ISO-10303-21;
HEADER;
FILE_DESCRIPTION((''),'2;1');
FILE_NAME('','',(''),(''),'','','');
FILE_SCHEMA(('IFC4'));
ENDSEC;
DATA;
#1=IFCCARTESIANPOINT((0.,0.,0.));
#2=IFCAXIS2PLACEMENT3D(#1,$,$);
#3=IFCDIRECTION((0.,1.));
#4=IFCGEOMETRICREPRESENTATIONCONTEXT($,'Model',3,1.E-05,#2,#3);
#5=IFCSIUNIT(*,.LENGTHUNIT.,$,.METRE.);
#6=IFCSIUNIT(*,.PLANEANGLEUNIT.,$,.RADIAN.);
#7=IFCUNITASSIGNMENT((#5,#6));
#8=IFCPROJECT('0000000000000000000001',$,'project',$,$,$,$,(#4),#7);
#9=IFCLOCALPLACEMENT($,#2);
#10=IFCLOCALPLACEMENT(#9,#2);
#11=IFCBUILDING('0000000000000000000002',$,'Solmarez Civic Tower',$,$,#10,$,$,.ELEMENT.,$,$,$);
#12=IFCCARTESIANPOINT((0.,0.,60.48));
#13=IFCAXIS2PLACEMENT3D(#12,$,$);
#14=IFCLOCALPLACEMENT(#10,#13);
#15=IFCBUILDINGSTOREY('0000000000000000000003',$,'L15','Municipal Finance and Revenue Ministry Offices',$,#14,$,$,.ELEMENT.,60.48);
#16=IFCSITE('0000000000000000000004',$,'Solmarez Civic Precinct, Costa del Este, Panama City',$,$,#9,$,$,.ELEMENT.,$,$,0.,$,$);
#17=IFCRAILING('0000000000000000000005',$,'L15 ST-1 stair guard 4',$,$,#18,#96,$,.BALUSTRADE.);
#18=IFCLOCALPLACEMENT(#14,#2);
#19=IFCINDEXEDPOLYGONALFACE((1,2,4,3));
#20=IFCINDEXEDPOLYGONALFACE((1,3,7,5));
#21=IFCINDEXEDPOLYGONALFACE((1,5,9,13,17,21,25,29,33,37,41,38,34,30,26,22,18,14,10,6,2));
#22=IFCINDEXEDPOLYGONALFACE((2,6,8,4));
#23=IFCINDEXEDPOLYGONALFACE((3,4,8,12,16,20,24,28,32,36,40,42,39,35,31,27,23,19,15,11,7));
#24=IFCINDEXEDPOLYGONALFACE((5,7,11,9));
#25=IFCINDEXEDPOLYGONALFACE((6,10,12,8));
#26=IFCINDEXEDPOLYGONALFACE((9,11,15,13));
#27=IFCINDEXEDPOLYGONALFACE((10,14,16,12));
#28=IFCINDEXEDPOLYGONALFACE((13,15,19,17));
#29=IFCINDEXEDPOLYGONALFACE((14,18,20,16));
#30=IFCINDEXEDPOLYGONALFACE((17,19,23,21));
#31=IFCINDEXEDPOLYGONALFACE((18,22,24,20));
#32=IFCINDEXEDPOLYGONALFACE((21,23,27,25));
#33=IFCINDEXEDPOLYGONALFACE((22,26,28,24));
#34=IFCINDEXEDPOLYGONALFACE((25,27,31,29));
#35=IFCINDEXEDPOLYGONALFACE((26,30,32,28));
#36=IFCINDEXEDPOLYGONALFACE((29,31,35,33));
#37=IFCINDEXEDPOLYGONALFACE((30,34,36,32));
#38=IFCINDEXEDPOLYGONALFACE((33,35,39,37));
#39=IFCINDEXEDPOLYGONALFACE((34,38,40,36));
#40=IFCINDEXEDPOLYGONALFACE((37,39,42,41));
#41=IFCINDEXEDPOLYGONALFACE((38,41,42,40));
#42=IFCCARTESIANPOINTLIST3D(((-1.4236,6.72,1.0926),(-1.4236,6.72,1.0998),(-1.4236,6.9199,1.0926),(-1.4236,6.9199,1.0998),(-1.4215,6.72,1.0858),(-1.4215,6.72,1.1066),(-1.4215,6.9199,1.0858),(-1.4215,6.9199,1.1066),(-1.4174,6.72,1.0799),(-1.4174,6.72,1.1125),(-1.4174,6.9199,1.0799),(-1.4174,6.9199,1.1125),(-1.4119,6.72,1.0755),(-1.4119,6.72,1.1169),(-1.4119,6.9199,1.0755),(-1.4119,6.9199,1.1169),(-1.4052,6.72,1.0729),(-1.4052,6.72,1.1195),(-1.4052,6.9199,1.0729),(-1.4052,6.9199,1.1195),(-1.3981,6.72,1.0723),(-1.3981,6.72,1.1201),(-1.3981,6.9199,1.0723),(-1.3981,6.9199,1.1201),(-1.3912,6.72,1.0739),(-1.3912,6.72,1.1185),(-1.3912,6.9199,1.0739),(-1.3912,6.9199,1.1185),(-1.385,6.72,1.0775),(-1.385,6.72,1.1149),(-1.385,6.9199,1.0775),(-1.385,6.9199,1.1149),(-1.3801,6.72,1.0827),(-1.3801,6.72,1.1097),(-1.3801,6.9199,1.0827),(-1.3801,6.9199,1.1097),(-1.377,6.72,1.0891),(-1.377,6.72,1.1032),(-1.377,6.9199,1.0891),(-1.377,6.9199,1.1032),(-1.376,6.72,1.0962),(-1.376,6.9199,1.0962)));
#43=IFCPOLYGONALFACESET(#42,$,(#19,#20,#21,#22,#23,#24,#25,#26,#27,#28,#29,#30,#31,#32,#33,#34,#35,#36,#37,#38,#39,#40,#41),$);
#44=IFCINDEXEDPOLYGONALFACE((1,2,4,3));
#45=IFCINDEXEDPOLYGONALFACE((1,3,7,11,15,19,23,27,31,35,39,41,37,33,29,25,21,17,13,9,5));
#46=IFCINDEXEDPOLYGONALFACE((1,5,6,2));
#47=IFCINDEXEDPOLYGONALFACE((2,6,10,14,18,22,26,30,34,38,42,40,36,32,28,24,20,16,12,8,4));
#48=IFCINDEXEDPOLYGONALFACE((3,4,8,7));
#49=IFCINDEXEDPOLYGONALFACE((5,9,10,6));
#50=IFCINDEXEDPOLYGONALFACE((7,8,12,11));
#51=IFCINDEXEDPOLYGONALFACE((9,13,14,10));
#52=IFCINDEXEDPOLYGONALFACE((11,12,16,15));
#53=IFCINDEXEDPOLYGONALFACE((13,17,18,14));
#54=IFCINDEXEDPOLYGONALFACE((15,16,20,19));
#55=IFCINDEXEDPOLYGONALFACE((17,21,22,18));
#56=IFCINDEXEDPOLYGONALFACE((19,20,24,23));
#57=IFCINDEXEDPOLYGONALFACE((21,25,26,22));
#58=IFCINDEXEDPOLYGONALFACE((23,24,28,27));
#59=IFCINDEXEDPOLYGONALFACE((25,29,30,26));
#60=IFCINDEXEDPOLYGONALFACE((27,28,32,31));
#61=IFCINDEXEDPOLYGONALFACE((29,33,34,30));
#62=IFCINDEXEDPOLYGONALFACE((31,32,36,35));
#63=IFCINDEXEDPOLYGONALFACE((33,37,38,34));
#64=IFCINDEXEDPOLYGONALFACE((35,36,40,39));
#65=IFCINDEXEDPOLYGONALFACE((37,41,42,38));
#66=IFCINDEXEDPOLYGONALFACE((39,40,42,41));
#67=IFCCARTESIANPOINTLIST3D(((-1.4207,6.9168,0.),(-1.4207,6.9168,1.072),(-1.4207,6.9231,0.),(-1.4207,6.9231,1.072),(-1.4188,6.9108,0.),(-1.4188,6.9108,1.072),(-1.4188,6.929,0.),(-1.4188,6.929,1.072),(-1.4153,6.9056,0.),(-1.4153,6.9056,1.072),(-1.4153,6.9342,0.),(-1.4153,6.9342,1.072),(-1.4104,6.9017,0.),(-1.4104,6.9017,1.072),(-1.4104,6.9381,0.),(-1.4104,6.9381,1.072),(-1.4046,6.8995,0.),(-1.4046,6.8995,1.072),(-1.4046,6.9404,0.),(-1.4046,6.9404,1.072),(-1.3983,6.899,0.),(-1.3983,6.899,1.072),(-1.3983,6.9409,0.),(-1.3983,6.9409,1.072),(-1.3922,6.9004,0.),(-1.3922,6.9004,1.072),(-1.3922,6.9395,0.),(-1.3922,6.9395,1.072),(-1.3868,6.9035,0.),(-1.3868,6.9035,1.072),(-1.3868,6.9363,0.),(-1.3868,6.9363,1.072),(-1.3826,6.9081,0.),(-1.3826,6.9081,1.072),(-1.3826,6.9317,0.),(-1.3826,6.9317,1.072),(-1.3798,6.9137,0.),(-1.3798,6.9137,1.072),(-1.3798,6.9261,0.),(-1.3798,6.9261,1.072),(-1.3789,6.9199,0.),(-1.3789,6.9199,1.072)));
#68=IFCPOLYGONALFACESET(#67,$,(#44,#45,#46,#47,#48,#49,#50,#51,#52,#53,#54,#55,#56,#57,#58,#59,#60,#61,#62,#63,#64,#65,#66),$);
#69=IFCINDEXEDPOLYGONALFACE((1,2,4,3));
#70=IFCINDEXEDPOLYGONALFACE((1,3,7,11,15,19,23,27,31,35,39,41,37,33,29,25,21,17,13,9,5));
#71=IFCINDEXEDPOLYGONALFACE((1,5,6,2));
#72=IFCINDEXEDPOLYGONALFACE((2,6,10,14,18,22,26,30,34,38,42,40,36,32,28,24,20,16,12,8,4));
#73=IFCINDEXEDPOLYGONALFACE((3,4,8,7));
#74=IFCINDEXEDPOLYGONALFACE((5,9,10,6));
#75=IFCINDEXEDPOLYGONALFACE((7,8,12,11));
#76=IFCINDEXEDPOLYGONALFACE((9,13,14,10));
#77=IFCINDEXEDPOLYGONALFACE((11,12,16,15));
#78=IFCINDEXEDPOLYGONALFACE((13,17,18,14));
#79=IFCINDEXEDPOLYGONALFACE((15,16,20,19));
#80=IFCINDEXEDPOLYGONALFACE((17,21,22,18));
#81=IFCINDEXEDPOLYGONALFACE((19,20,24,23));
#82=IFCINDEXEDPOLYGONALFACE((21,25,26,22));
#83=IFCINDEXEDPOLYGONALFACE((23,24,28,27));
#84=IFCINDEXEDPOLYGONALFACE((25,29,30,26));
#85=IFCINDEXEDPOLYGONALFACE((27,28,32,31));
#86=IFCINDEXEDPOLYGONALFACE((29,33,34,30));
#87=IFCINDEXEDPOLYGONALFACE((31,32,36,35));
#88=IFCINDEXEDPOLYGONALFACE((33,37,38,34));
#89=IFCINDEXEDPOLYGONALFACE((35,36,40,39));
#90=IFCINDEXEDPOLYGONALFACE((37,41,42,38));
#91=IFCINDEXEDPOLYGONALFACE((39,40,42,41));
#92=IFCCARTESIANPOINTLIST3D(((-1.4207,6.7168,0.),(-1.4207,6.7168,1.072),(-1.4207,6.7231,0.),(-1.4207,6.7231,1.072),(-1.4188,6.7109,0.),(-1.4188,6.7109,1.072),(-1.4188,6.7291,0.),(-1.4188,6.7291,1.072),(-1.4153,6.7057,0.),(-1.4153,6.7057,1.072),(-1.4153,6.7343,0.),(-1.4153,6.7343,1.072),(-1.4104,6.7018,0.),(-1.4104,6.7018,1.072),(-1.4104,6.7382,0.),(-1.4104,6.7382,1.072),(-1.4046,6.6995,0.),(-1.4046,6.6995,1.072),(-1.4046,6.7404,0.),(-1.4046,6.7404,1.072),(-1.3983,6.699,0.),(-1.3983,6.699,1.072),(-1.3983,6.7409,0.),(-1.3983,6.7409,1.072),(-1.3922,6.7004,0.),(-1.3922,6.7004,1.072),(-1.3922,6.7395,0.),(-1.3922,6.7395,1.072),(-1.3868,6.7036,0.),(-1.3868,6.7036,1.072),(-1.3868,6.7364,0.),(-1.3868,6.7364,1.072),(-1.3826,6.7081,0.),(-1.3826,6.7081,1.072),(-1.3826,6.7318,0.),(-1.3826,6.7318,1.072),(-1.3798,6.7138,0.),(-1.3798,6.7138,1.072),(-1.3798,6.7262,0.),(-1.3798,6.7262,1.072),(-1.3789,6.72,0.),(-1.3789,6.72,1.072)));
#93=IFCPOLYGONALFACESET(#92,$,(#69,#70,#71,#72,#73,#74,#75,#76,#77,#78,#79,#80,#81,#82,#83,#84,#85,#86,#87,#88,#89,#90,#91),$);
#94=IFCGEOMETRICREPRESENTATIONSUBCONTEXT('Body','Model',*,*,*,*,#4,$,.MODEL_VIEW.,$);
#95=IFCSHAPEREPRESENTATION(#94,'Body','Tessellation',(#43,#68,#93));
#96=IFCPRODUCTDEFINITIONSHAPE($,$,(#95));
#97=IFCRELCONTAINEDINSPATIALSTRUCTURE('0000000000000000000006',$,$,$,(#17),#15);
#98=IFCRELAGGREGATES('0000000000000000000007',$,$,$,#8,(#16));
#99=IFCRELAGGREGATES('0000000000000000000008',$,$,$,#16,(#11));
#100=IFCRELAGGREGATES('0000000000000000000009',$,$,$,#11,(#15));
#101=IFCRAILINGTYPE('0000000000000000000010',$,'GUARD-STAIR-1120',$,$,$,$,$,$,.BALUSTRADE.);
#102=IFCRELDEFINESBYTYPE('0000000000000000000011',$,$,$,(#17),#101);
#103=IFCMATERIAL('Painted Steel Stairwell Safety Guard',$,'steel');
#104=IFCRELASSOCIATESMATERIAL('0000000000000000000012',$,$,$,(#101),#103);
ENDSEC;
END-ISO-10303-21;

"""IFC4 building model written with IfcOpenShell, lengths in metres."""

from ifc_helpers import new_model, si_unit, direction, frame, origin, origin_2d, place, context, subcontext, project, spatial, circle, extrude, material, type_object, element, save


model = new_model("IFC4")

# Units and contexts
model_context = context("Model", 3, precision=1e-05, world=origin(), true_north=direction((0.0, 1.0)))
body_context = subcontext(model_context, "Body", "Model", "MODEL_VIEW")
ifc_project = project(units=[si_unit("LENGTHUNIT", "METRE"), si_unit("PLANEANGLEUNIT", "RADIAN")], contexts=[model_context])

# Site, building, storey
site_placement = place(None, origin())
site = spatial("IfcSite", under=ifc_project, at=site_placement, Name="Solmarez Civic Precinct, Costa del Este, Panama City", CompositionType="ELEMENT", RefElevation=0.0)
building_placement = place(site_placement, origin())
building = spatial("IfcBuilding", under=site, at=building_placement, Name="Solmarez Civic Tower", CompositionType="ELEMENT")
storey_placement = place(building_placement, frame((0.0, 0.0, 60.48)))
storey = spatial("IfcBuildingStorey", under=building, at=storey_placement, Name="L15", Description="Municipal Finance and Revenue Ministry Offices", CompositionType="ELEMENT", Elevation=60.48)

# Railing
ifc_material_1 = material(Name="Painted Steel Stairwell Safety Guard", Category="steel")
railing_type_1 = type_object("IfcRailingType", Name="GUARD-STAIR-1120", PredefinedType="BALUSTRADE", material=ifc_material_1)
railing_1_placement = place(storey_placement, frame((-1.3999, 6.9199, 0.0)))
element("IfcRailing", 1, at=railing_1_placement, inside=storey, type_object=railing_type_1, Name="L15 ST-1 stair guard 4", PredefinedType="BALUSTRADE", context=body_context, shape_type="SweptSolid", body=[
    extrude(circle(Radius=0.0239, at=origin_2d()), frame((0.0, 0.0, 1.0962), z_axis=(0.0, -1.0, 0.0), x_axis=(1.0, 0.0, 0.0)), (0.0, 0.0, 1.0), 0.2),
    extrude(circle(Radius=0.021, at=origin_2d()), origin(), (0.0, 0.0, 1.0), 1.072),
    extrude(circle(Radius=0.021, at=origin_2d()), frame((0.0, -0.2, 0.0)), (0.0, 0.0, 1.0), 1.072),
])

save(model, "model.ifc")
